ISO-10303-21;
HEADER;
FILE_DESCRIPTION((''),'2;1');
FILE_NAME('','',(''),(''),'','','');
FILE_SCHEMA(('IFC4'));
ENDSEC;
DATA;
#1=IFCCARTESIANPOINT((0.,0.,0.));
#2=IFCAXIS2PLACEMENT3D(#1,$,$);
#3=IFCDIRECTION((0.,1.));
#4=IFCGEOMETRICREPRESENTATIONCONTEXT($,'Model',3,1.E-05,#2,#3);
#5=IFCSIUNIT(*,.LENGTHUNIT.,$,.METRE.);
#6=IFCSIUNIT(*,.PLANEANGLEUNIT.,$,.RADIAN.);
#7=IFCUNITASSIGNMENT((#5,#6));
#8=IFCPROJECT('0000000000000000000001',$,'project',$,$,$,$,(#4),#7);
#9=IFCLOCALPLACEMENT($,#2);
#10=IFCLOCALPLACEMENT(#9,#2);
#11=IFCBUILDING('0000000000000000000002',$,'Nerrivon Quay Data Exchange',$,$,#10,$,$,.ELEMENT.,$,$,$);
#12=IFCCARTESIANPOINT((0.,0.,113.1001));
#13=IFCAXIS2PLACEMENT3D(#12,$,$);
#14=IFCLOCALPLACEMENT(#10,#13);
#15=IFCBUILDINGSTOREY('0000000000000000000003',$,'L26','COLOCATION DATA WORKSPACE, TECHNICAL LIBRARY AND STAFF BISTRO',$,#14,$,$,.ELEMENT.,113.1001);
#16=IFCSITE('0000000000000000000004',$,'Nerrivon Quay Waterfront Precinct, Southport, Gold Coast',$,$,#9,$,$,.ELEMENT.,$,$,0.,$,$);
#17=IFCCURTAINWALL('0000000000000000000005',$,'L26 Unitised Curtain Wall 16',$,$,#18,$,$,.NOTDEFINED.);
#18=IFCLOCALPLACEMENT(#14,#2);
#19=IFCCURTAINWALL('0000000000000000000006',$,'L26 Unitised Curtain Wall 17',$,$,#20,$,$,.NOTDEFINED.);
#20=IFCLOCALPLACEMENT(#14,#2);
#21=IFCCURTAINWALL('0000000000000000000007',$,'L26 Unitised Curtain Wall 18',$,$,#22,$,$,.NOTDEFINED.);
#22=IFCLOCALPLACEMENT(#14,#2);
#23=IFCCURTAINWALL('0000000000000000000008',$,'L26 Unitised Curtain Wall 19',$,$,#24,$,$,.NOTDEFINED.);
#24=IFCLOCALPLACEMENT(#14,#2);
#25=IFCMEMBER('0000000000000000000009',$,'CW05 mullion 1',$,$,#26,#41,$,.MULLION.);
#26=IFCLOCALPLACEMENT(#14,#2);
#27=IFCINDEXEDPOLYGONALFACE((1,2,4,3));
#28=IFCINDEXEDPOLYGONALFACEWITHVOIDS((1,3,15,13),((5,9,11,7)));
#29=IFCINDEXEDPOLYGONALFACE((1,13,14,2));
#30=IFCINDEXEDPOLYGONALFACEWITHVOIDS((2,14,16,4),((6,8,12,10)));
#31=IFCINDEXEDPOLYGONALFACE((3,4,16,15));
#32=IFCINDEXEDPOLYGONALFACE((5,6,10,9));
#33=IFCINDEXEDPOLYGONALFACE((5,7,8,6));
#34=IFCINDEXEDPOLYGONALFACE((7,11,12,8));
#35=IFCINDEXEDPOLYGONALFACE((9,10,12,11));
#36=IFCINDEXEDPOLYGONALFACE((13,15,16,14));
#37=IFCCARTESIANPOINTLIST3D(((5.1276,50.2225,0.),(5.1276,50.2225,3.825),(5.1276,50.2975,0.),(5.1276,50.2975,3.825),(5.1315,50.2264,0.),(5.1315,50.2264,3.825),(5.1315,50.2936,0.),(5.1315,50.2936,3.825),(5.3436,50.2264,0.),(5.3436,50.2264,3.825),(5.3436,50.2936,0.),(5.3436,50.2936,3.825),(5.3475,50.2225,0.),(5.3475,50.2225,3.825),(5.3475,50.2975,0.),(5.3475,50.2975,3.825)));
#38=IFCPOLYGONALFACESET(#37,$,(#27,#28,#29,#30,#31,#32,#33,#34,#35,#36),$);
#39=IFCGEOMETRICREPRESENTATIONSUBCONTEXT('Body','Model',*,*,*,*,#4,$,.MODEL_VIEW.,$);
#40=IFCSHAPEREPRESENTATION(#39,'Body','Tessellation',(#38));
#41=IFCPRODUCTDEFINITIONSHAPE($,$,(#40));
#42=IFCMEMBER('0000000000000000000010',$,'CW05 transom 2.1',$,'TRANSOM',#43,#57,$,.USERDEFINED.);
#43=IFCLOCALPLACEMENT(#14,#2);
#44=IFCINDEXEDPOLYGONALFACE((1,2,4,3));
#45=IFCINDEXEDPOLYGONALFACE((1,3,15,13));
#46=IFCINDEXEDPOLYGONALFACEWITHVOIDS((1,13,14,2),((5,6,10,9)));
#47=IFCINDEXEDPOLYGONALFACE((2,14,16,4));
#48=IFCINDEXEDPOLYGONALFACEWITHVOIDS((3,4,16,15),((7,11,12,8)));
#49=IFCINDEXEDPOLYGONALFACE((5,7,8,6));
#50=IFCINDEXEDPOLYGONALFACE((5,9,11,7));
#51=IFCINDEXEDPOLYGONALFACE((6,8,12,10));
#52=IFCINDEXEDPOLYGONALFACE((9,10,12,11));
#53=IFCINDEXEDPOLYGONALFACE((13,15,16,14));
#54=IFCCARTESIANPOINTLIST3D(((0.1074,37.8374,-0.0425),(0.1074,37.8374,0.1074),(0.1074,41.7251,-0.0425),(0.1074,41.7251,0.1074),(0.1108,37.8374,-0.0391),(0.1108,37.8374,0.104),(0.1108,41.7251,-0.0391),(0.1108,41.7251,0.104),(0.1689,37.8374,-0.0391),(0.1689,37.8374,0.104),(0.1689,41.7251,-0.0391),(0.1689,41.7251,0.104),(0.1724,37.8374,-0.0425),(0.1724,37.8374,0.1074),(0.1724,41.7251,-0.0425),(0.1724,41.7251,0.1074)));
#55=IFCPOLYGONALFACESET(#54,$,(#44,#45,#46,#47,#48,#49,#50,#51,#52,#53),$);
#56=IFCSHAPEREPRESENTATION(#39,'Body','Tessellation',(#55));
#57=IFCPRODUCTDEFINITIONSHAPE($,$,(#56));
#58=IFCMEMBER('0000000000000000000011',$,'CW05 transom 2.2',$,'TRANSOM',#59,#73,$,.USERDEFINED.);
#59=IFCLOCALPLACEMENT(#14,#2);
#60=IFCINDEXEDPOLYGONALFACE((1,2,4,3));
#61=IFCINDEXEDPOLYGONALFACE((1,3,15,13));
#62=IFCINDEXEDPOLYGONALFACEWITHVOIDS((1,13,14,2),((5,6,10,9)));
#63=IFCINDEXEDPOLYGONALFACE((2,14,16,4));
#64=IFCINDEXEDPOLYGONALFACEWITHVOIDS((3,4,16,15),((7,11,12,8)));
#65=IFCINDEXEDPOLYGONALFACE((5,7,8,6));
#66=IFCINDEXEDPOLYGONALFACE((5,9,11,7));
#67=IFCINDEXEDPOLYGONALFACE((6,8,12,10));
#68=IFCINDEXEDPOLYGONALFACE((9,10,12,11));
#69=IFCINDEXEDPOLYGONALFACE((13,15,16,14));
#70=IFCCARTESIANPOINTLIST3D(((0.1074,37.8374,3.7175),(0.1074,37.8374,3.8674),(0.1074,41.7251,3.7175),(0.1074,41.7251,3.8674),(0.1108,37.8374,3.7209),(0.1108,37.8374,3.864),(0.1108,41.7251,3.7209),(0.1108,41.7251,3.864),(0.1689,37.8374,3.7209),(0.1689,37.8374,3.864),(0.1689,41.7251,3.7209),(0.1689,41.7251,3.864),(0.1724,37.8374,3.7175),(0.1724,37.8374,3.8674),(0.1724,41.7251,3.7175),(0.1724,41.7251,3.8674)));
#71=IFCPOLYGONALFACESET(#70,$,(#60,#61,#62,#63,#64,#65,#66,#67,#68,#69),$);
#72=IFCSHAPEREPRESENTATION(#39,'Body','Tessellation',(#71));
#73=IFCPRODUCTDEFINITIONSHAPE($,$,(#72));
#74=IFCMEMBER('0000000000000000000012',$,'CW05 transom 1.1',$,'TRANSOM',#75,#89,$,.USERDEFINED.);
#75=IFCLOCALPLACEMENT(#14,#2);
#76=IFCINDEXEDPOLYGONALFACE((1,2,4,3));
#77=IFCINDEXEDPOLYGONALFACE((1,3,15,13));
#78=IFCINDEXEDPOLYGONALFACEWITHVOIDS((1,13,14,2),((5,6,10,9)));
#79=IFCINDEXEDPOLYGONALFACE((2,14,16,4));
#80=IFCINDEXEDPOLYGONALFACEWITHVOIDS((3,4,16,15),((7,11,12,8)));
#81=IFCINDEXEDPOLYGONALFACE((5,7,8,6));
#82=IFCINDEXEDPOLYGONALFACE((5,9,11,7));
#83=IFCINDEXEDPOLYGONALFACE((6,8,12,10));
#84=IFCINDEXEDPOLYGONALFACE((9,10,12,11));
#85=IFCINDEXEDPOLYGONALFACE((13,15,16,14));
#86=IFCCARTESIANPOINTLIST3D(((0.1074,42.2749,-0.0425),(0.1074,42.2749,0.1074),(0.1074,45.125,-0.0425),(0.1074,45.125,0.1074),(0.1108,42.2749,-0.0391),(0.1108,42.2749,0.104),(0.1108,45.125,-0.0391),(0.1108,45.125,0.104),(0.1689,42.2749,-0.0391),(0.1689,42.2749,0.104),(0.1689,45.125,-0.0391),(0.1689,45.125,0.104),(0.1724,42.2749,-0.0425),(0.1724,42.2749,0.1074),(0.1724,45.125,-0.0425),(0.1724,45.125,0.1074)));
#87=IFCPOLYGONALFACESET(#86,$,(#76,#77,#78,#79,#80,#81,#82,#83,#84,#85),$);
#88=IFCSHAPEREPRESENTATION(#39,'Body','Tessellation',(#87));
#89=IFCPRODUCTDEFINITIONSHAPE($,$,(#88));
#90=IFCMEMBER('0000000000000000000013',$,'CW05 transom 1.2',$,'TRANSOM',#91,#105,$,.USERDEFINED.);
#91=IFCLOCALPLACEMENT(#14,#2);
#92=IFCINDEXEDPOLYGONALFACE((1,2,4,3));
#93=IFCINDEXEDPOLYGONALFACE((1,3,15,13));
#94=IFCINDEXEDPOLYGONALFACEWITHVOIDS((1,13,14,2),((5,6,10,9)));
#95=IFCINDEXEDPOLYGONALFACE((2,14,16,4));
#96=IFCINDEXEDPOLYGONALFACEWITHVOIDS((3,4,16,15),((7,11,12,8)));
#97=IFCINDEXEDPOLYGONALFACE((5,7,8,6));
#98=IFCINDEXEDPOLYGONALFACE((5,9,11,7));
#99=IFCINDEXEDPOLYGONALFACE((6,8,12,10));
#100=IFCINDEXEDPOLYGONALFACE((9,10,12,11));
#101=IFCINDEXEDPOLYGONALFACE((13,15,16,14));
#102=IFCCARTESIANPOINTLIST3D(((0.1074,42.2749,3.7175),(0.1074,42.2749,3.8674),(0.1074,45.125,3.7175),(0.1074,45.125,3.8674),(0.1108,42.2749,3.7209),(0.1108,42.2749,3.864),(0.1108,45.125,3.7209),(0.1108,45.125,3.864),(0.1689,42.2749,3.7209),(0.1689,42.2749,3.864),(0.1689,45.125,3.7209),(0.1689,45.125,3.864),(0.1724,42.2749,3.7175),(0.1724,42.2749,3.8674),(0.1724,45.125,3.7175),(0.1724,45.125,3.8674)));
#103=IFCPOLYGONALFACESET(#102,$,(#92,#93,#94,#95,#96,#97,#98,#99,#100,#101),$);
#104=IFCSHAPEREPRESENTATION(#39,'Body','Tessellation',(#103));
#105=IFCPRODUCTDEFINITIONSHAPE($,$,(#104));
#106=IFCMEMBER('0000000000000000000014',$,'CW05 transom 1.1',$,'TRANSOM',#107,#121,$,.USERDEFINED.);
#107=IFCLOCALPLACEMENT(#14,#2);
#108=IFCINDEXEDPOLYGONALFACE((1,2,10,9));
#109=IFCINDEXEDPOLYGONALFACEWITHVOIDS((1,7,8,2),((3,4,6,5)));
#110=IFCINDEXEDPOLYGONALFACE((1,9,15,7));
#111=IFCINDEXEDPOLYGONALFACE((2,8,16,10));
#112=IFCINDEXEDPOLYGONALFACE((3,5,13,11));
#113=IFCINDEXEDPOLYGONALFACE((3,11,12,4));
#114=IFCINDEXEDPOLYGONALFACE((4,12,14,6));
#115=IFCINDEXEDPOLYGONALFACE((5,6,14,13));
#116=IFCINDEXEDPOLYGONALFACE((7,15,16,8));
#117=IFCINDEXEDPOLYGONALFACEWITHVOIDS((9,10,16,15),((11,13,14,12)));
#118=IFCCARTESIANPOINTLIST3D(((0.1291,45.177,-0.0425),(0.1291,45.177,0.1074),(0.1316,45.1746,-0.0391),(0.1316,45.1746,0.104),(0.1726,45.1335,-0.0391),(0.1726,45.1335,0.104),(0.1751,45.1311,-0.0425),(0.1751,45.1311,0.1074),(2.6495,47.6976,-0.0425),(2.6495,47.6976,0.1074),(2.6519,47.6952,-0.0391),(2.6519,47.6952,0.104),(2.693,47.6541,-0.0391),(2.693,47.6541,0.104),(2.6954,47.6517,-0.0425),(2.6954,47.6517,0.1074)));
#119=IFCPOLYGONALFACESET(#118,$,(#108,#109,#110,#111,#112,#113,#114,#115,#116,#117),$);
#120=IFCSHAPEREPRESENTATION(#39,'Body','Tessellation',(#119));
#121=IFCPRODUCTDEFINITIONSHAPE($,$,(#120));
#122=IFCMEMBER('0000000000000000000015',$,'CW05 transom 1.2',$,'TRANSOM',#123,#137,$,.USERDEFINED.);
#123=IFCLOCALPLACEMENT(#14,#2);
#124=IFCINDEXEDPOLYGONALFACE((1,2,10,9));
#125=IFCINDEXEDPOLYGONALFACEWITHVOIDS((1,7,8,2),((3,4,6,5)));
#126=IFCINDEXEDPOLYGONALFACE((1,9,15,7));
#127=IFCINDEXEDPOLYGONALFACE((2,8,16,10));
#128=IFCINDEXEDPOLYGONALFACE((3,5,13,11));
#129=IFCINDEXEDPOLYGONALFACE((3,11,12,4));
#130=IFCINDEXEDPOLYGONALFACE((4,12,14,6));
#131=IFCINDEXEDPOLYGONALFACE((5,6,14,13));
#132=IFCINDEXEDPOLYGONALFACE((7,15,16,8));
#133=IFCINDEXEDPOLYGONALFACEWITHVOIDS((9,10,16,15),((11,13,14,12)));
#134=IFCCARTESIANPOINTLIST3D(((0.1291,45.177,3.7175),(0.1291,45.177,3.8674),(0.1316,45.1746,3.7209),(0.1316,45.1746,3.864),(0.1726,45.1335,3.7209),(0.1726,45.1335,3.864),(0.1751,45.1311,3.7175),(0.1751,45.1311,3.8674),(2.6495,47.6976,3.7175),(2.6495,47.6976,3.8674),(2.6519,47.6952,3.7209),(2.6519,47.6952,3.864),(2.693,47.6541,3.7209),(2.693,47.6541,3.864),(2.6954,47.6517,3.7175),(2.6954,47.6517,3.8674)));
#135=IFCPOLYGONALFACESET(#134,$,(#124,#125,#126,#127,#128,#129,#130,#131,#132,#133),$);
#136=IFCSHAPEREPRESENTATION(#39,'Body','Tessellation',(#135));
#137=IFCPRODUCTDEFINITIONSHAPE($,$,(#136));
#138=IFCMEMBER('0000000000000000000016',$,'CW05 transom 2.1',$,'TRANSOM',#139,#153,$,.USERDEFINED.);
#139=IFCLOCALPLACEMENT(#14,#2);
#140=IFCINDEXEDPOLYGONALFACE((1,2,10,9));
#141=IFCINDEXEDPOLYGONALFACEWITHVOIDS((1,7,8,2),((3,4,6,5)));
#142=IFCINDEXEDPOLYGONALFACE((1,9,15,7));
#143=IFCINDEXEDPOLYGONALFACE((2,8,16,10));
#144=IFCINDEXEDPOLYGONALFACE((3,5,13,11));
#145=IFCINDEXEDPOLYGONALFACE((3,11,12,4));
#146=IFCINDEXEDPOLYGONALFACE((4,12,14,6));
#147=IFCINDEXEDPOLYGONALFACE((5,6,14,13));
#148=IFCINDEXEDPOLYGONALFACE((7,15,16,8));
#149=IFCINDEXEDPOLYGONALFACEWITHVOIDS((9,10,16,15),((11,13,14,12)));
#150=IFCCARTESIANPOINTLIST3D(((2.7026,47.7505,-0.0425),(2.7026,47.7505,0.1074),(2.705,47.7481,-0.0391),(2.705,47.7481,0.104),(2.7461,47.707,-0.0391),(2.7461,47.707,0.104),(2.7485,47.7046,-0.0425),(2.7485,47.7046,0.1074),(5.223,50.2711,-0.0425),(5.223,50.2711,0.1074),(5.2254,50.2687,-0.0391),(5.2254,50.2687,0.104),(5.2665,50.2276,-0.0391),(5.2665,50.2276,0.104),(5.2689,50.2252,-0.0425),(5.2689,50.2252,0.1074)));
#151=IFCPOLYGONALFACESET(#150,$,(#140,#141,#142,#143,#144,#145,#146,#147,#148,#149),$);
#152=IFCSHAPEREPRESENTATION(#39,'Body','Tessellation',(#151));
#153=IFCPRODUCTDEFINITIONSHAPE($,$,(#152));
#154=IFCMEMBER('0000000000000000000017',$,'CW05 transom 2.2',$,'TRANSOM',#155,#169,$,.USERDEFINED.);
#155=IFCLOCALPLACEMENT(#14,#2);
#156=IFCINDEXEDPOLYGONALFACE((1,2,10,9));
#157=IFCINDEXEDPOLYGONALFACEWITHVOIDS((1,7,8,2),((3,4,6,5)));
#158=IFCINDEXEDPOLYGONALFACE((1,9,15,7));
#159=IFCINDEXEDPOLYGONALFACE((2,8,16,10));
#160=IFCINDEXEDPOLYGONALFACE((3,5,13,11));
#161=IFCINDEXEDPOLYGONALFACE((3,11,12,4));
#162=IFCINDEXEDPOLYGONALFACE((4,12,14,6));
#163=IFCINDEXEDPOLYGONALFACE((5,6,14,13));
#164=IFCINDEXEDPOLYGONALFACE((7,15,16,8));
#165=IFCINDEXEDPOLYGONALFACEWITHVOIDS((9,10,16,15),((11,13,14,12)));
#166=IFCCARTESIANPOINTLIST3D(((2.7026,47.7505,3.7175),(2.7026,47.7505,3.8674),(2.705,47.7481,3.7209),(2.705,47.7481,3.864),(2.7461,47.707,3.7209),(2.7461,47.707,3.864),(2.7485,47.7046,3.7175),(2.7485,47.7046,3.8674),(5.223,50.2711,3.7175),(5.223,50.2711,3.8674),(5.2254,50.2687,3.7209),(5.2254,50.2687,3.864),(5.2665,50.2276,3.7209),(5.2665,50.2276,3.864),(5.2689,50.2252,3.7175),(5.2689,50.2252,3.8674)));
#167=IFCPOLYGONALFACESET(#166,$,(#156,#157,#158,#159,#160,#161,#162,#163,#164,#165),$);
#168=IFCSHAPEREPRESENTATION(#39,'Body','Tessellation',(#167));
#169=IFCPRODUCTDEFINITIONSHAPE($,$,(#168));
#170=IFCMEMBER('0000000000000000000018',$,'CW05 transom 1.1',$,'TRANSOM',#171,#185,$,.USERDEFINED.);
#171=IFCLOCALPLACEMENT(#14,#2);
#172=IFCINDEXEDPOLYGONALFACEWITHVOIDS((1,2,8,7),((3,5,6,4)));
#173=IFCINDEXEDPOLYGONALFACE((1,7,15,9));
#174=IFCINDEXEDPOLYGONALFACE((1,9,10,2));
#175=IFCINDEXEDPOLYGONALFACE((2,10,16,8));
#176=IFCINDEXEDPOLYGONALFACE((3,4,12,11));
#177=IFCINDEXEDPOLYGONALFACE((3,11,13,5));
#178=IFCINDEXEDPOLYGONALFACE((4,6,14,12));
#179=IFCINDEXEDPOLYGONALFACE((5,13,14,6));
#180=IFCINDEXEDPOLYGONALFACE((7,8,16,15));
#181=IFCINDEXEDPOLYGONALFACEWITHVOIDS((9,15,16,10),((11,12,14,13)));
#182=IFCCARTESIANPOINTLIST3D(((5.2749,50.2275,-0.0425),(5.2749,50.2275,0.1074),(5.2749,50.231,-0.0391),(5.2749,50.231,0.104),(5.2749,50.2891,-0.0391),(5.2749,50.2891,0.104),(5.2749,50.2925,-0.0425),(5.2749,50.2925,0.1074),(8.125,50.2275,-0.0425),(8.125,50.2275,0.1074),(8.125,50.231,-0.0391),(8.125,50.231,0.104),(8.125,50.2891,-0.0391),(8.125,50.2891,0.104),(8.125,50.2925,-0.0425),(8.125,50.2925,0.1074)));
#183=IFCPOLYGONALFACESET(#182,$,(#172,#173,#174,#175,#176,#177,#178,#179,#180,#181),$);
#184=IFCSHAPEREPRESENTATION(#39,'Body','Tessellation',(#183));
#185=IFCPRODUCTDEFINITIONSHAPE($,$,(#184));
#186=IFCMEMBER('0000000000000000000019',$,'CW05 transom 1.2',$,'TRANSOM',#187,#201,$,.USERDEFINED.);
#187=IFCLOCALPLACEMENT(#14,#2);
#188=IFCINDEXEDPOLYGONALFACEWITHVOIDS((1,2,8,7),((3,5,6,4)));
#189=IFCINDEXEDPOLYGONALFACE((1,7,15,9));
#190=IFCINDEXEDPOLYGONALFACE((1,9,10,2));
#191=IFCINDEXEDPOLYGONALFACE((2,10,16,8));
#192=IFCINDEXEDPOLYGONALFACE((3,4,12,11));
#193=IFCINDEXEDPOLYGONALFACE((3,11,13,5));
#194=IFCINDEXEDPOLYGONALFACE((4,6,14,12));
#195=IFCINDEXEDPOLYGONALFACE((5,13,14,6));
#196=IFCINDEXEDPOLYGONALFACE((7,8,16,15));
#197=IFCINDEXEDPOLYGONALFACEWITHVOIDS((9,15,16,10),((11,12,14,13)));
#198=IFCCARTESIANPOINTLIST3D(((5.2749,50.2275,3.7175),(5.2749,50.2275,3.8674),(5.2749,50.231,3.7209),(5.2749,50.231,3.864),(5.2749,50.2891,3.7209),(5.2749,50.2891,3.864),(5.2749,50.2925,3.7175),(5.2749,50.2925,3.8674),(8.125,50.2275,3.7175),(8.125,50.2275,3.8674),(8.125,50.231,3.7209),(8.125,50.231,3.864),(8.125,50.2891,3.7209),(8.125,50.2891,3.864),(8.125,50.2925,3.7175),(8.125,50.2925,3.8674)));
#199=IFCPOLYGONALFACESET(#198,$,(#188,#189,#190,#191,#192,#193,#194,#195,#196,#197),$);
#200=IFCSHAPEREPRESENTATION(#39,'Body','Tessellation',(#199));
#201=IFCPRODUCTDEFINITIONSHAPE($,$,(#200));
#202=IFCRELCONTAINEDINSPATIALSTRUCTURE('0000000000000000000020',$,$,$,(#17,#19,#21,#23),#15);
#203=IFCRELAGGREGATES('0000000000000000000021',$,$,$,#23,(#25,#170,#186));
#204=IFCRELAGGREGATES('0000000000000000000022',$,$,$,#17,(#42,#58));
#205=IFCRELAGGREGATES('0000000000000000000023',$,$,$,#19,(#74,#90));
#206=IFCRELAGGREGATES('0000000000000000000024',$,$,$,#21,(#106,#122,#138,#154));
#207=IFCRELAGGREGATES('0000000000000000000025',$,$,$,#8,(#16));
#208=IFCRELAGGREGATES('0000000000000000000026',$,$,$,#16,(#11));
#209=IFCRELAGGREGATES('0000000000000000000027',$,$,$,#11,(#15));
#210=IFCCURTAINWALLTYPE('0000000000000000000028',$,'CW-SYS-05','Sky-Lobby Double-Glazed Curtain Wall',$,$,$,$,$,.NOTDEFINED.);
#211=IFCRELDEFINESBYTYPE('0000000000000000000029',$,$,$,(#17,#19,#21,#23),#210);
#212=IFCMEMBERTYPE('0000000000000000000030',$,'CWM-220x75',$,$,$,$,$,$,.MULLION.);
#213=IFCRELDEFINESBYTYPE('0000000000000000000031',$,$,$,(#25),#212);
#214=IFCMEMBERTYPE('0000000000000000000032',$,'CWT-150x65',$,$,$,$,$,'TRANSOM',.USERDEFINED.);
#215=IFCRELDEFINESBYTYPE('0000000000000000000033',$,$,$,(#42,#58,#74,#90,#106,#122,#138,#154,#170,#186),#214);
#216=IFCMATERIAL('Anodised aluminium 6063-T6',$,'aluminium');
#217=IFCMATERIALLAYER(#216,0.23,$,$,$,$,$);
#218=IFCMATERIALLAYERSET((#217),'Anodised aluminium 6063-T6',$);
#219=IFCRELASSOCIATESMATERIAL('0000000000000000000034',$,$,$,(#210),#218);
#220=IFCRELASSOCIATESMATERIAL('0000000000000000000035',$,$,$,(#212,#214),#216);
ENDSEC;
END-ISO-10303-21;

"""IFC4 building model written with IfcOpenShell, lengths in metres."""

from ifc_helpers import new_model, si_unit, direction, frame, origin, origin_2d, place, context, subcontext, project, spatial, hollow_rectangle, extrude, material, layer, layer_set, material_profile, profile_set, type_object, element, aggregate, save


model = new_model("IFC4")

# Units and contexts
model_context = context("Model", 3, precision=1e-05, world=origin(), true_north=direction((0.0, 1.0)))
body_context = subcontext(model_context, "Body", "Model", "MODEL_VIEW")
ifc_project = project(units=[si_unit("LENGTHUNIT", "METRE"), si_unit("PLANEANGLEUNIT", "RADIAN")], contexts=[model_context])

# Site, building, storey
site_placement = place(None, origin())
site = spatial("IfcSite", under=ifc_project, at=site_placement, Name="Nerrivon Quay Waterfront Precinct, Southport, Gold Coast", CompositionType="ELEMENT", RefElevation=0.0)
building_placement = place(site_placement, origin())
building = spatial("IfcBuilding", under=site, at=building_placement, Name="Nerrivon Quay Data Exchange", CompositionType="ELEMENT")
storey_placement = place(building_placement, frame((0.0, 0.0, 113.1001)))
storey = spatial("IfcBuildingStorey", under=building, at=storey_placement, Name="L26", Description="COLOCATION DATA WORKSPACE, TECHNICAL LIBRARY AND STAFF BISTRO", CompositionType="ELEMENT", Elevation=113.1001)

# Curtain walls
ifc_material_1 = material(Name="Anodised aluminium 6063-T6", Category="aluminium")
ifc_layer_1 = layer(ifc_material_1, 0.23)
ifc_layer_set_1 = layer_set([ifc_layer_1], Name="Anodised aluminium 6063-T6")
curtain_wall_type = type_object("IfcCurtainWallType", Name="CW-SYS-05", Description="Sky-Lobby Double-Glazed Curtain Wall", PredefinedType="NOTDEFINED", material=ifc_layer_set_1)
curtain_wall_1_placement = place(storey_placement, origin())
curtain_wall_1 = element("IfcCurtainWall", 1, at=curtain_wall_1_placement, inside=storey, type_object=curtain_wall_type, Name="L26 Unitised Curtain Wall 16", PredefinedType="NOTDEFINED")
ifc_material_profile_1 = material_profile(ifc_material_1, hollow_rectangle(XDim=0.075, YDim=0.22, WallThickness=0.0039, at=origin_2d()), Name="ALU-MULL-220x75")
ifc_profile_set_1 = profile_set([ifc_material_profile_1], Name="Anodised aluminium 6063-T6")
member_type_1 = type_object("IfcMemberType", Name="CWM-220x75", PredefinedType="MULLION", material=ifc_profile_set_1)
curtain_wall_2_placement = place(storey_placement, origin())
curtain_wall_2 = element("IfcCurtainWall", 2, at=curtain_wall_2_placement, inside=storey, type_object=curtain_wall_type, Name="L26 Unitised Curtain Wall 17", PredefinedType="NOTDEFINED")
curtain_wall_3_placement = place(storey_placement, origin())
curtain_wall_3 = element("IfcCurtainWall", 3, at=curtain_wall_3_placement, inside=storey, type_object=curtain_wall_type, Name="L26 Unitised Curtain Wall 18", PredefinedType="NOTDEFINED")

# Curtain wall, member
curtain_wall_4_placement = place(storey_placement, origin())
curtain_wall_4 = element("IfcCurtainWall", 4, at=curtain_wall_4_placement, inside=storey, type_object=curtain_wall_type, Name="L26 Unitised Curtain Wall 19", PredefinedType="NOTDEFINED")
member_1_placement = place(storey_placement, frame((5.2375, 50.26, 0.0), z_axis=(0.0, 0.0, 1.0), x_axis=(0.0, 1.0, 0.0)))
member_1 = element("IfcMember", 5, at=member_1_placement, type_object=member_type_1, Name="CW05 mullion 1", PredefinedType="MULLION", context=body_context, shape_type="SweptSolid", body=[
    extrude(hollow_rectangle(XDim=0.075, YDim=0.22, WallThickness=0.0039, at=origin_2d()), origin(), (0.0, 0.0, 1.0), 3.825),
])

# Members
ifc_material_profile_2 = material_profile(ifc_material_1, hollow_rectangle(XDim=0.0649, YDim=0.1499, WallThickness=0.0034, at=origin_2d()), Name="ALU-TRAN-150x65")
ifc_profile_set_2 = profile_set([ifc_material_profile_2], Name="Anodised aluminium 6063-T6")
member_type_2 = type_object("IfcMemberType", Name="CWT-150x65", ElementType="TRANSOM", PredefinedType="USERDEFINED", material=ifc_profile_set_2)
member_2_placement = place(storey_placement, frame((0.1399, 37.8374, 0.0325), z_axis=(0.0, 1.0, 0.0), x_axis=(-1.0, 0.0, 0.0)))
member_2 = element("IfcMember", 6, at=member_2_placement, type_object=member_type_2, Name="CW05 transom 2.1", ObjectType="TRANSOM", PredefinedType="USERDEFINED", context=body_context, shape_type="SweptSolid", body=[
    extrude(hollow_rectangle(XDim=0.0649, YDim=0.1499, WallThickness=0.0034, at=origin_2d()), origin(), (0.0, 0.0, 1.0), 3.8877),
])
member_3_placement = place(storey_placement, frame((0.1399, 37.8374, 3.7925), z_axis=(0.0, 1.0, 0.0), x_axis=(-1.0, 0.0, 0.0)))
member_3 = element("IfcMember", 7, at=member_3_placement, type_object=member_type_2, Name="CW05 transom 2.2", ObjectType="TRANSOM", PredefinedType="USERDEFINED", context=body_context, shape_type="SweptSolid", body=[
    extrude(hollow_rectangle(XDim=0.0649, YDim=0.1499, WallThickness=0.0034, at=origin_2d()), origin(), (0.0, 0.0, 1.0), 3.8877),
])
member_4_placement = place(storey_placement, frame((0.1399, 42.2749, 0.0325), z_axis=(0.0, 1.0, 0.0), x_axis=(-1.0, 0.0, 0.0)))
member_4 = element("IfcMember", 8, at=member_4_placement, type_object=member_type_2, Name="CW05 transom 1.1", ObjectType="TRANSOM", PredefinedType="USERDEFINED", context=body_context, shape_type="SweptSolid", body=[
    extrude(hollow_rectangle(XDim=0.0649, YDim=0.1499, WallThickness=0.0034, at=origin_2d()), origin(), (0.0, 0.0, 1.0), 2.8501),
])
member_5_placement = place(storey_placement, frame((0.1399, 42.2749, 3.7925), z_axis=(0.0, 1.0, 0.0), x_axis=(-1.0, 0.0, 0.0)))
member_5 = element("IfcMember", 9, at=member_5_placement, type_object=member_type_2, Name="CW05 transom 1.2", ObjectType="TRANSOM", PredefinedType="USERDEFINED", context=body_context, shape_type="SweptSolid", body=[
    extrude(hollow_rectangle(XDim=0.0649, YDim=0.1499, WallThickness=0.0034, at=origin_2d()), origin(), (0.0, 0.0, 1.0), 2.8501),
])
member_6_placement = place(storey_placement, frame((0.1521, 45.1541, 0.0325), z_axis=(0.707073, 0.707141, 0.0), x_axis=(-0.707141, 0.707073, 0.0)))
member_6 = element("IfcMember", 10, at=member_6_placement, type_object=member_type_2, Name="CW05 transom 1.1", ObjectType="TRANSOM", PredefinedType="USERDEFINED", context=body_context, shape_type="SweptSolid", body=[
    extrude(hollow_rectangle(XDim=0.0649, YDim=0.1499, WallThickness=0.0034, at=origin_2d()), origin(), (0.0, 0.0, 1.0), 3.5645),
])
member_7_placement = place(storey_placement, frame((0.1521, 45.1541, 3.7925), z_axis=(0.707073, 0.707141, 0.0), x_axis=(-0.707141, 0.707073, 0.0)))
member_7 = element("IfcMember", 11, at=member_7_placement, type_object=member_type_2, Name="CW05 transom 1.2", ObjectType="TRANSOM", PredefinedType="USERDEFINED", context=body_context, shape_type="SweptSolid", body=[
    extrude(hollow_rectangle(XDim=0.0649, YDim=0.1499, WallThickness=0.0034, at=origin_2d()), origin(), (0.0, 0.0, 1.0), 3.5645),
])
member_8_placement = place(storey_placement, frame((2.7256, 47.7275, 0.0325), z_axis=(0.707073, 0.707141, 0.0), x_axis=(-0.707141, 0.707073, 0.0)))
member_8 = element("IfcMember", 12, at=member_8_placement, type_object=member_type_2, Name="CW05 transom 2.1", ObjectType="TRANSOM", PredefinedType="USERDEFINED", context=body_context, shape_type="SweptSolid", body=[
    extrude(hollow_rectangle(XDim=0.0649, YDim=0.1499, WallThickness=0.0034, at=origin_2d()), origin(), (0.0, 0.0, 1.0), 3.5645),
])
member_9_placement = place(storey_placement, frame((2.7256, 47.7275, 3.7925), z_axis=(0.707073, 0.707141, 0.0), x_axis=(-0.707141, 0.707073, 0.0)))
member_9 = element("IfcMember", 13, at=member_9_placement, type_object=member_type_2, Name="CW05 transom 2.2", ObjectType="TRANSOM", PredefinedType="USERDEFINED", context=body_context, shape_type="SweptSolid", body=[
    extrude(hollow_rectangle(XDim=0.0649, YDim=0.1499, WallThickness=0.0034, at=origin_2d()), origin(), (0.0, 0.0, 1.0), 3.5645),
])
member_10_placement = place(storey_placement, frame((5.2749, 50.26, 0.0325), z_axis=(1.0, 0.0, 0.0), x_axis=(0.0, 1.0, 0.0)))
member_10 = element("IfcMember", 14, at=member_10_placement, type_object=member_type_2, Name="CW05 transom 1.1", ObjectType="TRANSOM", PredefinedType="USERDEFINED", context=body_context, shape_type="SweptSolid", body=[
    extrude(hollow_rectangle(XDim=0.0649, YDim=0.1499, WallThickness=0.0034, at=origin_2d()), origin(), (0.0, 0.0, 1.0), 2.8501),
])
member_11_placement = place(storey_placement, frame((5.2749, 50.26, 3.7925), z_axis=(1.0, 0.0, 0.0), x_axis=(0.0, 1.0, 0.0)))
member_11 = element("IfcMember", 15, at=member_11_placement, type_object=member_type_2, Name="CW05 transom 1.2", ObjectType="TRANSOM", PredefinedType="USERDEFINED", context=body_context, shape_type="SweptSolid", body=[
    extrude(hollow_rectangle(XDim=0.0649, YDim=0.1499, WallThickness=0.0034, at=origin_2d()), origin(), (0.0, 0.0, 1.0), 2.8501),
])
aggregate(curtain_wall_4, [member_1, member_10, member_11])

aggregate(curtain_wall_1, [member_2, member_3])
aggregate(curtain_wall_2, [member_4, member_5])
aggregate(curtain_wall_3, [member_6, member_7, member_8, member_9])

save(model, "model.ifc")
